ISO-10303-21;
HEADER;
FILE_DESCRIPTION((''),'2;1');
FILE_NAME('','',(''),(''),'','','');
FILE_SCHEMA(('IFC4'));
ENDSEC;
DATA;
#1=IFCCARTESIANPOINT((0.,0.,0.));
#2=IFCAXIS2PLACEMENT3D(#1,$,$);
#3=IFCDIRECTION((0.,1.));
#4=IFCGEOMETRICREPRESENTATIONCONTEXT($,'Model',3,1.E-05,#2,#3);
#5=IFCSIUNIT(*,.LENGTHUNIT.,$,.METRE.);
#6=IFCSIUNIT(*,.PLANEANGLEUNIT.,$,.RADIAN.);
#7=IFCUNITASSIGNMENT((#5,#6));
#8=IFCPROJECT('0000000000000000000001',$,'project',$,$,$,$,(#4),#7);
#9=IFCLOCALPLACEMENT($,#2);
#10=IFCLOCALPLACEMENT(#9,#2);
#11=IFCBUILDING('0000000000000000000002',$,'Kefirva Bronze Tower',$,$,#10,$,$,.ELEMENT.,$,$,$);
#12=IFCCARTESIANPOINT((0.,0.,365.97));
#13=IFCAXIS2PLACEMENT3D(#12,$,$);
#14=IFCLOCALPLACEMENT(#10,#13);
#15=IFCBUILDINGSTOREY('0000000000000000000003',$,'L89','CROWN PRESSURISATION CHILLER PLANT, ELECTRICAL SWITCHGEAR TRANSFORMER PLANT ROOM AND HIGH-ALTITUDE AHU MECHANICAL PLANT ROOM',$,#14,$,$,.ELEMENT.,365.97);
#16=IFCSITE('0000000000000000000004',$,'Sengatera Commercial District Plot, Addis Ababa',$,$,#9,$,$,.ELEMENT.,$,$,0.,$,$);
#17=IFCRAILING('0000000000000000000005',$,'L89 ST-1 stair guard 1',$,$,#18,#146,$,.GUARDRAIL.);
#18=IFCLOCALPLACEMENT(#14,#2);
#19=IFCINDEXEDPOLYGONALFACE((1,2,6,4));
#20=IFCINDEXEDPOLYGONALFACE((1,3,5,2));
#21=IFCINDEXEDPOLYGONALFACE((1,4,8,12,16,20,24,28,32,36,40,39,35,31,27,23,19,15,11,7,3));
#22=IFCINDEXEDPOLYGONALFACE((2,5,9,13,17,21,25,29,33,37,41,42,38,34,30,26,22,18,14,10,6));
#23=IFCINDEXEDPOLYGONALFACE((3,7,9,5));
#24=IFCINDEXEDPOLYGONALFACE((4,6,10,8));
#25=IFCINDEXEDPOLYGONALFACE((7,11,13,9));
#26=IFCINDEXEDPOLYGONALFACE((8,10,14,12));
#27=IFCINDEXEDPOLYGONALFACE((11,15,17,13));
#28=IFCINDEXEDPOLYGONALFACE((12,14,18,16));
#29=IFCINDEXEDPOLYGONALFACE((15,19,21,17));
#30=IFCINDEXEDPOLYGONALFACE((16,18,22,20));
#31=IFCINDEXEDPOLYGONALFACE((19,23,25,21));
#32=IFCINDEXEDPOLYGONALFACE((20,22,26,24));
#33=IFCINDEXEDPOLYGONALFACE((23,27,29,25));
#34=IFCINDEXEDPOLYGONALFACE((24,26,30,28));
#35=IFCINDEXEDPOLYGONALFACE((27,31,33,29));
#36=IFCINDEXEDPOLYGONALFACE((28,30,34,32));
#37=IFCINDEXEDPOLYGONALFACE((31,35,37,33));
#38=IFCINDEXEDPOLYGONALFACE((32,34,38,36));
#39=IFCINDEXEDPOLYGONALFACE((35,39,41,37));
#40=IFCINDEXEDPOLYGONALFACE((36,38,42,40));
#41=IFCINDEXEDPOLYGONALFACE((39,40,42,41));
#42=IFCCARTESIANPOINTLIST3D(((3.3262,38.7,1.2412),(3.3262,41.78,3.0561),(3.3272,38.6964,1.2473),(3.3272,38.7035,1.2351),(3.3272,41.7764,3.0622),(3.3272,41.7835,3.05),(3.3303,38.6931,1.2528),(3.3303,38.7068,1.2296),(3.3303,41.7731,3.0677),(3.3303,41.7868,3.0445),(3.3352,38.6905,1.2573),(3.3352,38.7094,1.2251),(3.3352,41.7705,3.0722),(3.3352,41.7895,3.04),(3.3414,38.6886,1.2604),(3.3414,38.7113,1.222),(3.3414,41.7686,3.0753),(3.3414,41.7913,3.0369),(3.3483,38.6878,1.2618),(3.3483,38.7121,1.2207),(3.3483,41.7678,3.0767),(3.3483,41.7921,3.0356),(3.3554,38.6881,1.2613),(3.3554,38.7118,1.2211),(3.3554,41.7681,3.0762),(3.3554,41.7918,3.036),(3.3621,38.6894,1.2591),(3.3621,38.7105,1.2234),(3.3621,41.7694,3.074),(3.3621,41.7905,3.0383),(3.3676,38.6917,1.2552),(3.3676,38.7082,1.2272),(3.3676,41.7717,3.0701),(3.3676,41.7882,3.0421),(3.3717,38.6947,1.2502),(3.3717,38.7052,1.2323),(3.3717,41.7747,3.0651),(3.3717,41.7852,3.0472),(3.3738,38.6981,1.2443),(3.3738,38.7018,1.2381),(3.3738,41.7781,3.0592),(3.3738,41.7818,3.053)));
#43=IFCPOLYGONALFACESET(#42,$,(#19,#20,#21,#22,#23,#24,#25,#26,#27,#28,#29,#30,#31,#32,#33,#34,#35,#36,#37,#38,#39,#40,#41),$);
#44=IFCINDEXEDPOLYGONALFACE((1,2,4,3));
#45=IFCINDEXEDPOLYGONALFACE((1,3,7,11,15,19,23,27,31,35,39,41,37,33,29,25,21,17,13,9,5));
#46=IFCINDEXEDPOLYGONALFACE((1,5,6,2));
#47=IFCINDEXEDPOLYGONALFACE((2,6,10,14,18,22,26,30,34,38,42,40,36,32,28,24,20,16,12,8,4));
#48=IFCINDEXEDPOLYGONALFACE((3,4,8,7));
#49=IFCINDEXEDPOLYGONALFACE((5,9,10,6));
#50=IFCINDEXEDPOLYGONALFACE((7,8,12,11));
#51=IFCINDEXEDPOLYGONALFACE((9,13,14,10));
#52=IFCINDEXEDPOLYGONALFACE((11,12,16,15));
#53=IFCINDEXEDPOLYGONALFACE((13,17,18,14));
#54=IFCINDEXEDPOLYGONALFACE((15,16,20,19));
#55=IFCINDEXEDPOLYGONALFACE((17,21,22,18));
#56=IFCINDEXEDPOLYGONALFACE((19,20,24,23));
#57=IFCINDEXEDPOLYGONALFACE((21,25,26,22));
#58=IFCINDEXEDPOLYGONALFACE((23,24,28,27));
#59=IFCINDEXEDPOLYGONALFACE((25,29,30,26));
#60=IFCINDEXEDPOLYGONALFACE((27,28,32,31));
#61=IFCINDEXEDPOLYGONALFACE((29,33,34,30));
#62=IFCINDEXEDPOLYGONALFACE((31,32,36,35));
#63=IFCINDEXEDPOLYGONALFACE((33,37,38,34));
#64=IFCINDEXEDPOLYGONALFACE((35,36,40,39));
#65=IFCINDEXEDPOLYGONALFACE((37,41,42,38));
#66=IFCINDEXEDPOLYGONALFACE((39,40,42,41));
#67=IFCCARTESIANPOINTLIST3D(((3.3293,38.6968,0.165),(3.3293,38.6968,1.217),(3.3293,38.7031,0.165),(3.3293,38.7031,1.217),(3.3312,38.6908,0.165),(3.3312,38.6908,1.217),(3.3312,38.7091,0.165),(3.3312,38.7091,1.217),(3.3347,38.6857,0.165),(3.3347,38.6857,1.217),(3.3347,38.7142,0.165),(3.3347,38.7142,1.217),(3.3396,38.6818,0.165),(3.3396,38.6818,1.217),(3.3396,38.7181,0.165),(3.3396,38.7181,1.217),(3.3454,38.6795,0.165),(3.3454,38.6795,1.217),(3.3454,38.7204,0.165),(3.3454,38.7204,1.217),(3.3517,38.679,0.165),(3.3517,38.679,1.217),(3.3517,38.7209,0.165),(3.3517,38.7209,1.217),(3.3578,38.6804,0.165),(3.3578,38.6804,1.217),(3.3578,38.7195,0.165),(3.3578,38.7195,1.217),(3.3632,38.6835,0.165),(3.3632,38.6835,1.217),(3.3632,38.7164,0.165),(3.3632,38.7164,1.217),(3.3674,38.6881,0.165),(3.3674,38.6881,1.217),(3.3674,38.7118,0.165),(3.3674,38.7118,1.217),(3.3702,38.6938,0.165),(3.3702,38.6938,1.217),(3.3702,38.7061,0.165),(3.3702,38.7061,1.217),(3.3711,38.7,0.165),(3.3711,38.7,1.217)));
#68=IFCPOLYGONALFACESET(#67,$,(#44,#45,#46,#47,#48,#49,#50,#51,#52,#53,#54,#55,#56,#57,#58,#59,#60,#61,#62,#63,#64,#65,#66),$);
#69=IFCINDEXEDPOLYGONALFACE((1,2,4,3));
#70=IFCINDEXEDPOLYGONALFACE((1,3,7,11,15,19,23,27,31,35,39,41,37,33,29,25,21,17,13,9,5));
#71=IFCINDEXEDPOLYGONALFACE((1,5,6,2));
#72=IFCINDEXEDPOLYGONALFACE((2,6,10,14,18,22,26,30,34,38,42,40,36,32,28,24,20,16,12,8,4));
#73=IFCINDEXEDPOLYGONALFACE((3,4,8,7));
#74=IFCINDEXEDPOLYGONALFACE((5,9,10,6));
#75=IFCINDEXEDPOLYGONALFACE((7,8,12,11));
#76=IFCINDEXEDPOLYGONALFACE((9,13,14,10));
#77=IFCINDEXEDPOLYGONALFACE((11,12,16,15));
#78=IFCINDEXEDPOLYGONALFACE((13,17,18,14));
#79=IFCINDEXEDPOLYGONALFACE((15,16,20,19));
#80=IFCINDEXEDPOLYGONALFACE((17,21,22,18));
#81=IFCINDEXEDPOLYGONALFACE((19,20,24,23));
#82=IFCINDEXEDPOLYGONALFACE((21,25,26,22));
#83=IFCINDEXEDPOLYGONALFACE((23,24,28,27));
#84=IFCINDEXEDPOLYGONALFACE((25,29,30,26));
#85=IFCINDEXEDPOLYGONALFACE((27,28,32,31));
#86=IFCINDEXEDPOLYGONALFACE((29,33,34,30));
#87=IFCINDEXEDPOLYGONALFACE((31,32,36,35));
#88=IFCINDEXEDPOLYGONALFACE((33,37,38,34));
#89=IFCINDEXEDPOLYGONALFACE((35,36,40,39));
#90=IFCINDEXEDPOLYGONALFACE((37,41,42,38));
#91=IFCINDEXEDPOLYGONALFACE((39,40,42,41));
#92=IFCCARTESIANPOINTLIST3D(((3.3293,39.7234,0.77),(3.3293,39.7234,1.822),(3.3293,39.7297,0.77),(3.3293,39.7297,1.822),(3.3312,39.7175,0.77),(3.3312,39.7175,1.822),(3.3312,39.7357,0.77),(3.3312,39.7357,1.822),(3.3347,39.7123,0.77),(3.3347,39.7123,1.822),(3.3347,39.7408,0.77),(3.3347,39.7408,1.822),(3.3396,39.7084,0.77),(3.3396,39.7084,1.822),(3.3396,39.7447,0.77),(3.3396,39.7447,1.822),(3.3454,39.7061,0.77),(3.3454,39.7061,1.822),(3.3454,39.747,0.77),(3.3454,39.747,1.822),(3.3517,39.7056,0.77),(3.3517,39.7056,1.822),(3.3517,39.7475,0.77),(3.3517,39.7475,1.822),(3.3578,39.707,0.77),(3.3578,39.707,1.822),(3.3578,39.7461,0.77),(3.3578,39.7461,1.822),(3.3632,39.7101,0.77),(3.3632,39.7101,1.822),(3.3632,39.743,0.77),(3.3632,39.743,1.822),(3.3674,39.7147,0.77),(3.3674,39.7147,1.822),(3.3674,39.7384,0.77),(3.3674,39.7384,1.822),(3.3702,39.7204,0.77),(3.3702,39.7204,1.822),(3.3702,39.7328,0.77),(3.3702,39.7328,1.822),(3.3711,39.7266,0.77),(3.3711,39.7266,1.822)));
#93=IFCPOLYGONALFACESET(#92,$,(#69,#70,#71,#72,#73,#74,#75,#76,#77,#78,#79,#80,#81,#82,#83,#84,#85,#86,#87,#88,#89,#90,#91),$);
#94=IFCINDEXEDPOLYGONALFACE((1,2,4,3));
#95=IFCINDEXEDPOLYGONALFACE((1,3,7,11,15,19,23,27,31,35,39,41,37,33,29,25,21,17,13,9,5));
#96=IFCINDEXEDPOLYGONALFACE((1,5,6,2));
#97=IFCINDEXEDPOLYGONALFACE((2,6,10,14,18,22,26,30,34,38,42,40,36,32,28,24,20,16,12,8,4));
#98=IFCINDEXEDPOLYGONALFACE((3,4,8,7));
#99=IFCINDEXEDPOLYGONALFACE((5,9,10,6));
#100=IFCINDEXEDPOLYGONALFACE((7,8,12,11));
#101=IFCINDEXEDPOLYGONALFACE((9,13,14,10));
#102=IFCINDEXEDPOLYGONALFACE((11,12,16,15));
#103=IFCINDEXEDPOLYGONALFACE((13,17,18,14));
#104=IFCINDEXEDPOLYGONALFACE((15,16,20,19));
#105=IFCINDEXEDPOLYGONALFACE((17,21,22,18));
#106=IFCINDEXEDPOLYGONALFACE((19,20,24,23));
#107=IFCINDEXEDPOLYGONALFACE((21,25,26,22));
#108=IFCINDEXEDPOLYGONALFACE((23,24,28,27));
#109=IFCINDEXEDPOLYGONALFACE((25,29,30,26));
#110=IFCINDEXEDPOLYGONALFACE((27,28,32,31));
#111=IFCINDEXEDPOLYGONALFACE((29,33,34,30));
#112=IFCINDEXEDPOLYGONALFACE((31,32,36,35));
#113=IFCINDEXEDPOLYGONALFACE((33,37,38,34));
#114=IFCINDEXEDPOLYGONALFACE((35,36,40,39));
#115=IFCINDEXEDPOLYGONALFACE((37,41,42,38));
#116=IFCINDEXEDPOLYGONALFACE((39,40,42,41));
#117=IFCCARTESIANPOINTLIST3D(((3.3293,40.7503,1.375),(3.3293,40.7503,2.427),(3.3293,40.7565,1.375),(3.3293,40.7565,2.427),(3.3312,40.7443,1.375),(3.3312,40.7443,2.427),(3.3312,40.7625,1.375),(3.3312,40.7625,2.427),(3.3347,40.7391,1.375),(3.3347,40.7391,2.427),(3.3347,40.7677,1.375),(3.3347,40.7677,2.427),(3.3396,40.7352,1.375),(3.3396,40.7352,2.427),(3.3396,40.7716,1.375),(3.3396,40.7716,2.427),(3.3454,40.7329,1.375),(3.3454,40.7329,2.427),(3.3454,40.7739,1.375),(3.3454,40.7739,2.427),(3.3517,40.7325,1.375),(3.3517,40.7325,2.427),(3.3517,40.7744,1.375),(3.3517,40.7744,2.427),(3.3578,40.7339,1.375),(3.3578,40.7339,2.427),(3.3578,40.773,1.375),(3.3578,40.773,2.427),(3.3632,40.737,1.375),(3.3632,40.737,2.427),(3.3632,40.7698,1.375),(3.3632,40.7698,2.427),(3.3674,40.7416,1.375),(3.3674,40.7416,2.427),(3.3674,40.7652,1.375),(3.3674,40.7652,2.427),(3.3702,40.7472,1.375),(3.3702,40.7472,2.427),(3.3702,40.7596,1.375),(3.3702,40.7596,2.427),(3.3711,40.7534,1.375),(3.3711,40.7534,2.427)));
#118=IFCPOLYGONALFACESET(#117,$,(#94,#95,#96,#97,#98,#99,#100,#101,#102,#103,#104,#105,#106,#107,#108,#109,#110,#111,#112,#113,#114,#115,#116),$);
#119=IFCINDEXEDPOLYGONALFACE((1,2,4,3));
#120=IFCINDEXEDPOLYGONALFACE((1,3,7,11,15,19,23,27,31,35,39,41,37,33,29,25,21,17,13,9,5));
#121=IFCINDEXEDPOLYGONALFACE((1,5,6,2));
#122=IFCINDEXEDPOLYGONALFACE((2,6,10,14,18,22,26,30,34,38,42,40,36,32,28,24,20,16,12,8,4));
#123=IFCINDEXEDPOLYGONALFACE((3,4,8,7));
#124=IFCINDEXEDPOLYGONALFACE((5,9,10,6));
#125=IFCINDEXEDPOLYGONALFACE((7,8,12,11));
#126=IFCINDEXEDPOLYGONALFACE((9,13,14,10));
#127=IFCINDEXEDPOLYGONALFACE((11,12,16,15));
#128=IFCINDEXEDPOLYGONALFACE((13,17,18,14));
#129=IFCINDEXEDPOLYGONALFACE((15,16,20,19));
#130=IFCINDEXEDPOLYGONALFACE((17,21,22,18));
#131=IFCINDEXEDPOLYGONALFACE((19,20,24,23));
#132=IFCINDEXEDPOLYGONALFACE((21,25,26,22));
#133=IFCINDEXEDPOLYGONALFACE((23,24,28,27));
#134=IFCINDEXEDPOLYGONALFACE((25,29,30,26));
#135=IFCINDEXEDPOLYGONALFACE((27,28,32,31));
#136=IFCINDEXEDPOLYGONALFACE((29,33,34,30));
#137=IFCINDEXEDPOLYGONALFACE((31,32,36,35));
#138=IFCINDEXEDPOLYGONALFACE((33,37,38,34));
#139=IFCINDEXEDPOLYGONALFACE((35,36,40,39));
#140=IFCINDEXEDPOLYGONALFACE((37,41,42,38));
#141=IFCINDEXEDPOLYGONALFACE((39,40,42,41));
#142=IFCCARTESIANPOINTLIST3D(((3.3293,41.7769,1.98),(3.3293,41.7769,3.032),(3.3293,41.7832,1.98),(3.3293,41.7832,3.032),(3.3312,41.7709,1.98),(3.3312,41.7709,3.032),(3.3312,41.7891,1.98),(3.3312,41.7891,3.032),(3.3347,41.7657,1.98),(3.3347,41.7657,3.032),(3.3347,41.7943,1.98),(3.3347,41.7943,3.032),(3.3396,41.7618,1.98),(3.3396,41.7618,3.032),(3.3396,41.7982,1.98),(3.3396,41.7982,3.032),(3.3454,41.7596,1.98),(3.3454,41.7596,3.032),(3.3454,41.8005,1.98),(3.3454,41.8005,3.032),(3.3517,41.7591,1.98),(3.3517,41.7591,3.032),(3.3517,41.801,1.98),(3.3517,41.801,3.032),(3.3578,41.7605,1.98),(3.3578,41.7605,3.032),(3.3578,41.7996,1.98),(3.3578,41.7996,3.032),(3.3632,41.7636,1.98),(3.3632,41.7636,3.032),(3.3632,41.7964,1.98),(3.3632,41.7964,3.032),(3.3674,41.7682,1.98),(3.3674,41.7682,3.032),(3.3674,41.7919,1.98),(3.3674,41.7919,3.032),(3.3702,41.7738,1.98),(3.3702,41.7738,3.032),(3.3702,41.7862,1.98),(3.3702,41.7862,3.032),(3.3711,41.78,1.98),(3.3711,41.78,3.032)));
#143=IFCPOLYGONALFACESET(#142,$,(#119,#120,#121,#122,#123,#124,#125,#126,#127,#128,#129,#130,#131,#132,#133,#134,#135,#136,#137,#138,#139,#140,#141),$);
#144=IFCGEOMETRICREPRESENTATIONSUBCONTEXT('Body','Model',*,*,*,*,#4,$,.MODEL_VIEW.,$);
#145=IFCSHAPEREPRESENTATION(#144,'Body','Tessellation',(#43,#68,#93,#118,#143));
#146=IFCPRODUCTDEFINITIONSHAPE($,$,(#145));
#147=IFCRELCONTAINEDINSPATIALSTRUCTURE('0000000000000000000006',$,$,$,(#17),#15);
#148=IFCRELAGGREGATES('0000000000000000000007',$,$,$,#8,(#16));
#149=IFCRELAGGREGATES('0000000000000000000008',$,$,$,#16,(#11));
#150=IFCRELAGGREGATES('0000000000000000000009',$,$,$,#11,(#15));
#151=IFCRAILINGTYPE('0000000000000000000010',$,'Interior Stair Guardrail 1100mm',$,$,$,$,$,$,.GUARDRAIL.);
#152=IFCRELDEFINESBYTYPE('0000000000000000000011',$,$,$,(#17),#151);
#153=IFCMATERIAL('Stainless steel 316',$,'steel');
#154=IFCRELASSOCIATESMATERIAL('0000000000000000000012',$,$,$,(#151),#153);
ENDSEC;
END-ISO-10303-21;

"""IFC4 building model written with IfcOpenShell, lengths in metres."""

from ifc_helpers import new_model, si_unit, direction, frame, origin, origin_2d, place, context, subcontext, project, spatial, circle, extrude, material, type_object, element, save


model = new_model("IFC4")

# Units and contexts
model_context = context("Model", 3, precision=1e-05, world=origin(), true_north=direction((0.0, 1.0)))
body_context = subcontext(model_context, "Body", "Model", "MODEL_VIEW")
ifc_project = project(units=[si_unit("LENGTHUNIT", "METRE"), si_unit("PLANEANGLEUNIT", "RADIAN")], contexts=[model_context])

# Site, building, storey
site_placement = place(None, origin())
site = spatial("IfcSite", under=ifc_project, at=site_placement, Name="Sengatera Commercial District Plot, Addis Ababa", CompositionType="ELEMENT", RefElevation=0.0)
building_placement = place(site_placement, origin())
building = spatial("IfcBuilding", under=site, at=building_placement, Name="Kefirva Bronze Tower", CompositionType="ELEMENT")
storey_placement = place(building_placement, frame((0.0, 0.0, 365.97)))
storey = spatial("IfcBuildingStorey", under=building, at=storey_placement, Name="L89", Description="CROWN PRESSURISATION CHILLER PLANT, ELECTRICAL SWITCHGEAR TRANSFORMER PLANT ROOM AND HIGH-ALTITUDE AHU MECHANICAL PLANT ROOM", CompositionType="ELEMENT", Elevation=365.97)

# Shared definitions
ifc_material_1 = material(Name="Stainless steel 316", Category="steel")

# Railing
railing_type_1 = type_object("IfcRailingType", Name="Interior Stair Guardrail 1100mm", PredefinedType="GUARDRAIL", material=ifc_material_1)
railing_1_placement = place(storey_placement, frame((3.3501, 38.7, 0.165)))
element("IfcRailing", 1, at=railing_1_placement, inside=storey, type_object=railing_type_1, Name="L89 ST-1 stair guard 1", PredefinedType="GUARDRAIL", context=body_context, shape_type="SweptSolid", body=[
    extrude(circle(Radius=0.0239, at=origin_2d()), frame((0.0, 0.0, 1.0762), z_axis=(0.0, 0.861551, 0.507671), x_axis=(-1.0, 0.0, 0.0)), (0.0, 0.0, 1.0), 3.575),
    extrude(circle(Radius=0.021, at=origin_2d()), origin(), (0.0, 0.0, 1.0), 1.052),
    extrude(circle(Radius=0.021, at=origin_2d()), frame((0.0, 1.0266, 0.605)), (0.0, 0.0, 1.0), 1.052),
    extrude(circle(Radius=0.021, at=origin_2d()), frame((0.0, 2.0535, 1.21)), (0.0, 0.0, 1.0), 1.052),
    extrude(circle(Radius=0.021, at=origin_2d()), frame((0.0, 3.0801, 1.8149)), (0.0, 0.0, 1.0), 1.052),
])

save(model, "model.ifc")
